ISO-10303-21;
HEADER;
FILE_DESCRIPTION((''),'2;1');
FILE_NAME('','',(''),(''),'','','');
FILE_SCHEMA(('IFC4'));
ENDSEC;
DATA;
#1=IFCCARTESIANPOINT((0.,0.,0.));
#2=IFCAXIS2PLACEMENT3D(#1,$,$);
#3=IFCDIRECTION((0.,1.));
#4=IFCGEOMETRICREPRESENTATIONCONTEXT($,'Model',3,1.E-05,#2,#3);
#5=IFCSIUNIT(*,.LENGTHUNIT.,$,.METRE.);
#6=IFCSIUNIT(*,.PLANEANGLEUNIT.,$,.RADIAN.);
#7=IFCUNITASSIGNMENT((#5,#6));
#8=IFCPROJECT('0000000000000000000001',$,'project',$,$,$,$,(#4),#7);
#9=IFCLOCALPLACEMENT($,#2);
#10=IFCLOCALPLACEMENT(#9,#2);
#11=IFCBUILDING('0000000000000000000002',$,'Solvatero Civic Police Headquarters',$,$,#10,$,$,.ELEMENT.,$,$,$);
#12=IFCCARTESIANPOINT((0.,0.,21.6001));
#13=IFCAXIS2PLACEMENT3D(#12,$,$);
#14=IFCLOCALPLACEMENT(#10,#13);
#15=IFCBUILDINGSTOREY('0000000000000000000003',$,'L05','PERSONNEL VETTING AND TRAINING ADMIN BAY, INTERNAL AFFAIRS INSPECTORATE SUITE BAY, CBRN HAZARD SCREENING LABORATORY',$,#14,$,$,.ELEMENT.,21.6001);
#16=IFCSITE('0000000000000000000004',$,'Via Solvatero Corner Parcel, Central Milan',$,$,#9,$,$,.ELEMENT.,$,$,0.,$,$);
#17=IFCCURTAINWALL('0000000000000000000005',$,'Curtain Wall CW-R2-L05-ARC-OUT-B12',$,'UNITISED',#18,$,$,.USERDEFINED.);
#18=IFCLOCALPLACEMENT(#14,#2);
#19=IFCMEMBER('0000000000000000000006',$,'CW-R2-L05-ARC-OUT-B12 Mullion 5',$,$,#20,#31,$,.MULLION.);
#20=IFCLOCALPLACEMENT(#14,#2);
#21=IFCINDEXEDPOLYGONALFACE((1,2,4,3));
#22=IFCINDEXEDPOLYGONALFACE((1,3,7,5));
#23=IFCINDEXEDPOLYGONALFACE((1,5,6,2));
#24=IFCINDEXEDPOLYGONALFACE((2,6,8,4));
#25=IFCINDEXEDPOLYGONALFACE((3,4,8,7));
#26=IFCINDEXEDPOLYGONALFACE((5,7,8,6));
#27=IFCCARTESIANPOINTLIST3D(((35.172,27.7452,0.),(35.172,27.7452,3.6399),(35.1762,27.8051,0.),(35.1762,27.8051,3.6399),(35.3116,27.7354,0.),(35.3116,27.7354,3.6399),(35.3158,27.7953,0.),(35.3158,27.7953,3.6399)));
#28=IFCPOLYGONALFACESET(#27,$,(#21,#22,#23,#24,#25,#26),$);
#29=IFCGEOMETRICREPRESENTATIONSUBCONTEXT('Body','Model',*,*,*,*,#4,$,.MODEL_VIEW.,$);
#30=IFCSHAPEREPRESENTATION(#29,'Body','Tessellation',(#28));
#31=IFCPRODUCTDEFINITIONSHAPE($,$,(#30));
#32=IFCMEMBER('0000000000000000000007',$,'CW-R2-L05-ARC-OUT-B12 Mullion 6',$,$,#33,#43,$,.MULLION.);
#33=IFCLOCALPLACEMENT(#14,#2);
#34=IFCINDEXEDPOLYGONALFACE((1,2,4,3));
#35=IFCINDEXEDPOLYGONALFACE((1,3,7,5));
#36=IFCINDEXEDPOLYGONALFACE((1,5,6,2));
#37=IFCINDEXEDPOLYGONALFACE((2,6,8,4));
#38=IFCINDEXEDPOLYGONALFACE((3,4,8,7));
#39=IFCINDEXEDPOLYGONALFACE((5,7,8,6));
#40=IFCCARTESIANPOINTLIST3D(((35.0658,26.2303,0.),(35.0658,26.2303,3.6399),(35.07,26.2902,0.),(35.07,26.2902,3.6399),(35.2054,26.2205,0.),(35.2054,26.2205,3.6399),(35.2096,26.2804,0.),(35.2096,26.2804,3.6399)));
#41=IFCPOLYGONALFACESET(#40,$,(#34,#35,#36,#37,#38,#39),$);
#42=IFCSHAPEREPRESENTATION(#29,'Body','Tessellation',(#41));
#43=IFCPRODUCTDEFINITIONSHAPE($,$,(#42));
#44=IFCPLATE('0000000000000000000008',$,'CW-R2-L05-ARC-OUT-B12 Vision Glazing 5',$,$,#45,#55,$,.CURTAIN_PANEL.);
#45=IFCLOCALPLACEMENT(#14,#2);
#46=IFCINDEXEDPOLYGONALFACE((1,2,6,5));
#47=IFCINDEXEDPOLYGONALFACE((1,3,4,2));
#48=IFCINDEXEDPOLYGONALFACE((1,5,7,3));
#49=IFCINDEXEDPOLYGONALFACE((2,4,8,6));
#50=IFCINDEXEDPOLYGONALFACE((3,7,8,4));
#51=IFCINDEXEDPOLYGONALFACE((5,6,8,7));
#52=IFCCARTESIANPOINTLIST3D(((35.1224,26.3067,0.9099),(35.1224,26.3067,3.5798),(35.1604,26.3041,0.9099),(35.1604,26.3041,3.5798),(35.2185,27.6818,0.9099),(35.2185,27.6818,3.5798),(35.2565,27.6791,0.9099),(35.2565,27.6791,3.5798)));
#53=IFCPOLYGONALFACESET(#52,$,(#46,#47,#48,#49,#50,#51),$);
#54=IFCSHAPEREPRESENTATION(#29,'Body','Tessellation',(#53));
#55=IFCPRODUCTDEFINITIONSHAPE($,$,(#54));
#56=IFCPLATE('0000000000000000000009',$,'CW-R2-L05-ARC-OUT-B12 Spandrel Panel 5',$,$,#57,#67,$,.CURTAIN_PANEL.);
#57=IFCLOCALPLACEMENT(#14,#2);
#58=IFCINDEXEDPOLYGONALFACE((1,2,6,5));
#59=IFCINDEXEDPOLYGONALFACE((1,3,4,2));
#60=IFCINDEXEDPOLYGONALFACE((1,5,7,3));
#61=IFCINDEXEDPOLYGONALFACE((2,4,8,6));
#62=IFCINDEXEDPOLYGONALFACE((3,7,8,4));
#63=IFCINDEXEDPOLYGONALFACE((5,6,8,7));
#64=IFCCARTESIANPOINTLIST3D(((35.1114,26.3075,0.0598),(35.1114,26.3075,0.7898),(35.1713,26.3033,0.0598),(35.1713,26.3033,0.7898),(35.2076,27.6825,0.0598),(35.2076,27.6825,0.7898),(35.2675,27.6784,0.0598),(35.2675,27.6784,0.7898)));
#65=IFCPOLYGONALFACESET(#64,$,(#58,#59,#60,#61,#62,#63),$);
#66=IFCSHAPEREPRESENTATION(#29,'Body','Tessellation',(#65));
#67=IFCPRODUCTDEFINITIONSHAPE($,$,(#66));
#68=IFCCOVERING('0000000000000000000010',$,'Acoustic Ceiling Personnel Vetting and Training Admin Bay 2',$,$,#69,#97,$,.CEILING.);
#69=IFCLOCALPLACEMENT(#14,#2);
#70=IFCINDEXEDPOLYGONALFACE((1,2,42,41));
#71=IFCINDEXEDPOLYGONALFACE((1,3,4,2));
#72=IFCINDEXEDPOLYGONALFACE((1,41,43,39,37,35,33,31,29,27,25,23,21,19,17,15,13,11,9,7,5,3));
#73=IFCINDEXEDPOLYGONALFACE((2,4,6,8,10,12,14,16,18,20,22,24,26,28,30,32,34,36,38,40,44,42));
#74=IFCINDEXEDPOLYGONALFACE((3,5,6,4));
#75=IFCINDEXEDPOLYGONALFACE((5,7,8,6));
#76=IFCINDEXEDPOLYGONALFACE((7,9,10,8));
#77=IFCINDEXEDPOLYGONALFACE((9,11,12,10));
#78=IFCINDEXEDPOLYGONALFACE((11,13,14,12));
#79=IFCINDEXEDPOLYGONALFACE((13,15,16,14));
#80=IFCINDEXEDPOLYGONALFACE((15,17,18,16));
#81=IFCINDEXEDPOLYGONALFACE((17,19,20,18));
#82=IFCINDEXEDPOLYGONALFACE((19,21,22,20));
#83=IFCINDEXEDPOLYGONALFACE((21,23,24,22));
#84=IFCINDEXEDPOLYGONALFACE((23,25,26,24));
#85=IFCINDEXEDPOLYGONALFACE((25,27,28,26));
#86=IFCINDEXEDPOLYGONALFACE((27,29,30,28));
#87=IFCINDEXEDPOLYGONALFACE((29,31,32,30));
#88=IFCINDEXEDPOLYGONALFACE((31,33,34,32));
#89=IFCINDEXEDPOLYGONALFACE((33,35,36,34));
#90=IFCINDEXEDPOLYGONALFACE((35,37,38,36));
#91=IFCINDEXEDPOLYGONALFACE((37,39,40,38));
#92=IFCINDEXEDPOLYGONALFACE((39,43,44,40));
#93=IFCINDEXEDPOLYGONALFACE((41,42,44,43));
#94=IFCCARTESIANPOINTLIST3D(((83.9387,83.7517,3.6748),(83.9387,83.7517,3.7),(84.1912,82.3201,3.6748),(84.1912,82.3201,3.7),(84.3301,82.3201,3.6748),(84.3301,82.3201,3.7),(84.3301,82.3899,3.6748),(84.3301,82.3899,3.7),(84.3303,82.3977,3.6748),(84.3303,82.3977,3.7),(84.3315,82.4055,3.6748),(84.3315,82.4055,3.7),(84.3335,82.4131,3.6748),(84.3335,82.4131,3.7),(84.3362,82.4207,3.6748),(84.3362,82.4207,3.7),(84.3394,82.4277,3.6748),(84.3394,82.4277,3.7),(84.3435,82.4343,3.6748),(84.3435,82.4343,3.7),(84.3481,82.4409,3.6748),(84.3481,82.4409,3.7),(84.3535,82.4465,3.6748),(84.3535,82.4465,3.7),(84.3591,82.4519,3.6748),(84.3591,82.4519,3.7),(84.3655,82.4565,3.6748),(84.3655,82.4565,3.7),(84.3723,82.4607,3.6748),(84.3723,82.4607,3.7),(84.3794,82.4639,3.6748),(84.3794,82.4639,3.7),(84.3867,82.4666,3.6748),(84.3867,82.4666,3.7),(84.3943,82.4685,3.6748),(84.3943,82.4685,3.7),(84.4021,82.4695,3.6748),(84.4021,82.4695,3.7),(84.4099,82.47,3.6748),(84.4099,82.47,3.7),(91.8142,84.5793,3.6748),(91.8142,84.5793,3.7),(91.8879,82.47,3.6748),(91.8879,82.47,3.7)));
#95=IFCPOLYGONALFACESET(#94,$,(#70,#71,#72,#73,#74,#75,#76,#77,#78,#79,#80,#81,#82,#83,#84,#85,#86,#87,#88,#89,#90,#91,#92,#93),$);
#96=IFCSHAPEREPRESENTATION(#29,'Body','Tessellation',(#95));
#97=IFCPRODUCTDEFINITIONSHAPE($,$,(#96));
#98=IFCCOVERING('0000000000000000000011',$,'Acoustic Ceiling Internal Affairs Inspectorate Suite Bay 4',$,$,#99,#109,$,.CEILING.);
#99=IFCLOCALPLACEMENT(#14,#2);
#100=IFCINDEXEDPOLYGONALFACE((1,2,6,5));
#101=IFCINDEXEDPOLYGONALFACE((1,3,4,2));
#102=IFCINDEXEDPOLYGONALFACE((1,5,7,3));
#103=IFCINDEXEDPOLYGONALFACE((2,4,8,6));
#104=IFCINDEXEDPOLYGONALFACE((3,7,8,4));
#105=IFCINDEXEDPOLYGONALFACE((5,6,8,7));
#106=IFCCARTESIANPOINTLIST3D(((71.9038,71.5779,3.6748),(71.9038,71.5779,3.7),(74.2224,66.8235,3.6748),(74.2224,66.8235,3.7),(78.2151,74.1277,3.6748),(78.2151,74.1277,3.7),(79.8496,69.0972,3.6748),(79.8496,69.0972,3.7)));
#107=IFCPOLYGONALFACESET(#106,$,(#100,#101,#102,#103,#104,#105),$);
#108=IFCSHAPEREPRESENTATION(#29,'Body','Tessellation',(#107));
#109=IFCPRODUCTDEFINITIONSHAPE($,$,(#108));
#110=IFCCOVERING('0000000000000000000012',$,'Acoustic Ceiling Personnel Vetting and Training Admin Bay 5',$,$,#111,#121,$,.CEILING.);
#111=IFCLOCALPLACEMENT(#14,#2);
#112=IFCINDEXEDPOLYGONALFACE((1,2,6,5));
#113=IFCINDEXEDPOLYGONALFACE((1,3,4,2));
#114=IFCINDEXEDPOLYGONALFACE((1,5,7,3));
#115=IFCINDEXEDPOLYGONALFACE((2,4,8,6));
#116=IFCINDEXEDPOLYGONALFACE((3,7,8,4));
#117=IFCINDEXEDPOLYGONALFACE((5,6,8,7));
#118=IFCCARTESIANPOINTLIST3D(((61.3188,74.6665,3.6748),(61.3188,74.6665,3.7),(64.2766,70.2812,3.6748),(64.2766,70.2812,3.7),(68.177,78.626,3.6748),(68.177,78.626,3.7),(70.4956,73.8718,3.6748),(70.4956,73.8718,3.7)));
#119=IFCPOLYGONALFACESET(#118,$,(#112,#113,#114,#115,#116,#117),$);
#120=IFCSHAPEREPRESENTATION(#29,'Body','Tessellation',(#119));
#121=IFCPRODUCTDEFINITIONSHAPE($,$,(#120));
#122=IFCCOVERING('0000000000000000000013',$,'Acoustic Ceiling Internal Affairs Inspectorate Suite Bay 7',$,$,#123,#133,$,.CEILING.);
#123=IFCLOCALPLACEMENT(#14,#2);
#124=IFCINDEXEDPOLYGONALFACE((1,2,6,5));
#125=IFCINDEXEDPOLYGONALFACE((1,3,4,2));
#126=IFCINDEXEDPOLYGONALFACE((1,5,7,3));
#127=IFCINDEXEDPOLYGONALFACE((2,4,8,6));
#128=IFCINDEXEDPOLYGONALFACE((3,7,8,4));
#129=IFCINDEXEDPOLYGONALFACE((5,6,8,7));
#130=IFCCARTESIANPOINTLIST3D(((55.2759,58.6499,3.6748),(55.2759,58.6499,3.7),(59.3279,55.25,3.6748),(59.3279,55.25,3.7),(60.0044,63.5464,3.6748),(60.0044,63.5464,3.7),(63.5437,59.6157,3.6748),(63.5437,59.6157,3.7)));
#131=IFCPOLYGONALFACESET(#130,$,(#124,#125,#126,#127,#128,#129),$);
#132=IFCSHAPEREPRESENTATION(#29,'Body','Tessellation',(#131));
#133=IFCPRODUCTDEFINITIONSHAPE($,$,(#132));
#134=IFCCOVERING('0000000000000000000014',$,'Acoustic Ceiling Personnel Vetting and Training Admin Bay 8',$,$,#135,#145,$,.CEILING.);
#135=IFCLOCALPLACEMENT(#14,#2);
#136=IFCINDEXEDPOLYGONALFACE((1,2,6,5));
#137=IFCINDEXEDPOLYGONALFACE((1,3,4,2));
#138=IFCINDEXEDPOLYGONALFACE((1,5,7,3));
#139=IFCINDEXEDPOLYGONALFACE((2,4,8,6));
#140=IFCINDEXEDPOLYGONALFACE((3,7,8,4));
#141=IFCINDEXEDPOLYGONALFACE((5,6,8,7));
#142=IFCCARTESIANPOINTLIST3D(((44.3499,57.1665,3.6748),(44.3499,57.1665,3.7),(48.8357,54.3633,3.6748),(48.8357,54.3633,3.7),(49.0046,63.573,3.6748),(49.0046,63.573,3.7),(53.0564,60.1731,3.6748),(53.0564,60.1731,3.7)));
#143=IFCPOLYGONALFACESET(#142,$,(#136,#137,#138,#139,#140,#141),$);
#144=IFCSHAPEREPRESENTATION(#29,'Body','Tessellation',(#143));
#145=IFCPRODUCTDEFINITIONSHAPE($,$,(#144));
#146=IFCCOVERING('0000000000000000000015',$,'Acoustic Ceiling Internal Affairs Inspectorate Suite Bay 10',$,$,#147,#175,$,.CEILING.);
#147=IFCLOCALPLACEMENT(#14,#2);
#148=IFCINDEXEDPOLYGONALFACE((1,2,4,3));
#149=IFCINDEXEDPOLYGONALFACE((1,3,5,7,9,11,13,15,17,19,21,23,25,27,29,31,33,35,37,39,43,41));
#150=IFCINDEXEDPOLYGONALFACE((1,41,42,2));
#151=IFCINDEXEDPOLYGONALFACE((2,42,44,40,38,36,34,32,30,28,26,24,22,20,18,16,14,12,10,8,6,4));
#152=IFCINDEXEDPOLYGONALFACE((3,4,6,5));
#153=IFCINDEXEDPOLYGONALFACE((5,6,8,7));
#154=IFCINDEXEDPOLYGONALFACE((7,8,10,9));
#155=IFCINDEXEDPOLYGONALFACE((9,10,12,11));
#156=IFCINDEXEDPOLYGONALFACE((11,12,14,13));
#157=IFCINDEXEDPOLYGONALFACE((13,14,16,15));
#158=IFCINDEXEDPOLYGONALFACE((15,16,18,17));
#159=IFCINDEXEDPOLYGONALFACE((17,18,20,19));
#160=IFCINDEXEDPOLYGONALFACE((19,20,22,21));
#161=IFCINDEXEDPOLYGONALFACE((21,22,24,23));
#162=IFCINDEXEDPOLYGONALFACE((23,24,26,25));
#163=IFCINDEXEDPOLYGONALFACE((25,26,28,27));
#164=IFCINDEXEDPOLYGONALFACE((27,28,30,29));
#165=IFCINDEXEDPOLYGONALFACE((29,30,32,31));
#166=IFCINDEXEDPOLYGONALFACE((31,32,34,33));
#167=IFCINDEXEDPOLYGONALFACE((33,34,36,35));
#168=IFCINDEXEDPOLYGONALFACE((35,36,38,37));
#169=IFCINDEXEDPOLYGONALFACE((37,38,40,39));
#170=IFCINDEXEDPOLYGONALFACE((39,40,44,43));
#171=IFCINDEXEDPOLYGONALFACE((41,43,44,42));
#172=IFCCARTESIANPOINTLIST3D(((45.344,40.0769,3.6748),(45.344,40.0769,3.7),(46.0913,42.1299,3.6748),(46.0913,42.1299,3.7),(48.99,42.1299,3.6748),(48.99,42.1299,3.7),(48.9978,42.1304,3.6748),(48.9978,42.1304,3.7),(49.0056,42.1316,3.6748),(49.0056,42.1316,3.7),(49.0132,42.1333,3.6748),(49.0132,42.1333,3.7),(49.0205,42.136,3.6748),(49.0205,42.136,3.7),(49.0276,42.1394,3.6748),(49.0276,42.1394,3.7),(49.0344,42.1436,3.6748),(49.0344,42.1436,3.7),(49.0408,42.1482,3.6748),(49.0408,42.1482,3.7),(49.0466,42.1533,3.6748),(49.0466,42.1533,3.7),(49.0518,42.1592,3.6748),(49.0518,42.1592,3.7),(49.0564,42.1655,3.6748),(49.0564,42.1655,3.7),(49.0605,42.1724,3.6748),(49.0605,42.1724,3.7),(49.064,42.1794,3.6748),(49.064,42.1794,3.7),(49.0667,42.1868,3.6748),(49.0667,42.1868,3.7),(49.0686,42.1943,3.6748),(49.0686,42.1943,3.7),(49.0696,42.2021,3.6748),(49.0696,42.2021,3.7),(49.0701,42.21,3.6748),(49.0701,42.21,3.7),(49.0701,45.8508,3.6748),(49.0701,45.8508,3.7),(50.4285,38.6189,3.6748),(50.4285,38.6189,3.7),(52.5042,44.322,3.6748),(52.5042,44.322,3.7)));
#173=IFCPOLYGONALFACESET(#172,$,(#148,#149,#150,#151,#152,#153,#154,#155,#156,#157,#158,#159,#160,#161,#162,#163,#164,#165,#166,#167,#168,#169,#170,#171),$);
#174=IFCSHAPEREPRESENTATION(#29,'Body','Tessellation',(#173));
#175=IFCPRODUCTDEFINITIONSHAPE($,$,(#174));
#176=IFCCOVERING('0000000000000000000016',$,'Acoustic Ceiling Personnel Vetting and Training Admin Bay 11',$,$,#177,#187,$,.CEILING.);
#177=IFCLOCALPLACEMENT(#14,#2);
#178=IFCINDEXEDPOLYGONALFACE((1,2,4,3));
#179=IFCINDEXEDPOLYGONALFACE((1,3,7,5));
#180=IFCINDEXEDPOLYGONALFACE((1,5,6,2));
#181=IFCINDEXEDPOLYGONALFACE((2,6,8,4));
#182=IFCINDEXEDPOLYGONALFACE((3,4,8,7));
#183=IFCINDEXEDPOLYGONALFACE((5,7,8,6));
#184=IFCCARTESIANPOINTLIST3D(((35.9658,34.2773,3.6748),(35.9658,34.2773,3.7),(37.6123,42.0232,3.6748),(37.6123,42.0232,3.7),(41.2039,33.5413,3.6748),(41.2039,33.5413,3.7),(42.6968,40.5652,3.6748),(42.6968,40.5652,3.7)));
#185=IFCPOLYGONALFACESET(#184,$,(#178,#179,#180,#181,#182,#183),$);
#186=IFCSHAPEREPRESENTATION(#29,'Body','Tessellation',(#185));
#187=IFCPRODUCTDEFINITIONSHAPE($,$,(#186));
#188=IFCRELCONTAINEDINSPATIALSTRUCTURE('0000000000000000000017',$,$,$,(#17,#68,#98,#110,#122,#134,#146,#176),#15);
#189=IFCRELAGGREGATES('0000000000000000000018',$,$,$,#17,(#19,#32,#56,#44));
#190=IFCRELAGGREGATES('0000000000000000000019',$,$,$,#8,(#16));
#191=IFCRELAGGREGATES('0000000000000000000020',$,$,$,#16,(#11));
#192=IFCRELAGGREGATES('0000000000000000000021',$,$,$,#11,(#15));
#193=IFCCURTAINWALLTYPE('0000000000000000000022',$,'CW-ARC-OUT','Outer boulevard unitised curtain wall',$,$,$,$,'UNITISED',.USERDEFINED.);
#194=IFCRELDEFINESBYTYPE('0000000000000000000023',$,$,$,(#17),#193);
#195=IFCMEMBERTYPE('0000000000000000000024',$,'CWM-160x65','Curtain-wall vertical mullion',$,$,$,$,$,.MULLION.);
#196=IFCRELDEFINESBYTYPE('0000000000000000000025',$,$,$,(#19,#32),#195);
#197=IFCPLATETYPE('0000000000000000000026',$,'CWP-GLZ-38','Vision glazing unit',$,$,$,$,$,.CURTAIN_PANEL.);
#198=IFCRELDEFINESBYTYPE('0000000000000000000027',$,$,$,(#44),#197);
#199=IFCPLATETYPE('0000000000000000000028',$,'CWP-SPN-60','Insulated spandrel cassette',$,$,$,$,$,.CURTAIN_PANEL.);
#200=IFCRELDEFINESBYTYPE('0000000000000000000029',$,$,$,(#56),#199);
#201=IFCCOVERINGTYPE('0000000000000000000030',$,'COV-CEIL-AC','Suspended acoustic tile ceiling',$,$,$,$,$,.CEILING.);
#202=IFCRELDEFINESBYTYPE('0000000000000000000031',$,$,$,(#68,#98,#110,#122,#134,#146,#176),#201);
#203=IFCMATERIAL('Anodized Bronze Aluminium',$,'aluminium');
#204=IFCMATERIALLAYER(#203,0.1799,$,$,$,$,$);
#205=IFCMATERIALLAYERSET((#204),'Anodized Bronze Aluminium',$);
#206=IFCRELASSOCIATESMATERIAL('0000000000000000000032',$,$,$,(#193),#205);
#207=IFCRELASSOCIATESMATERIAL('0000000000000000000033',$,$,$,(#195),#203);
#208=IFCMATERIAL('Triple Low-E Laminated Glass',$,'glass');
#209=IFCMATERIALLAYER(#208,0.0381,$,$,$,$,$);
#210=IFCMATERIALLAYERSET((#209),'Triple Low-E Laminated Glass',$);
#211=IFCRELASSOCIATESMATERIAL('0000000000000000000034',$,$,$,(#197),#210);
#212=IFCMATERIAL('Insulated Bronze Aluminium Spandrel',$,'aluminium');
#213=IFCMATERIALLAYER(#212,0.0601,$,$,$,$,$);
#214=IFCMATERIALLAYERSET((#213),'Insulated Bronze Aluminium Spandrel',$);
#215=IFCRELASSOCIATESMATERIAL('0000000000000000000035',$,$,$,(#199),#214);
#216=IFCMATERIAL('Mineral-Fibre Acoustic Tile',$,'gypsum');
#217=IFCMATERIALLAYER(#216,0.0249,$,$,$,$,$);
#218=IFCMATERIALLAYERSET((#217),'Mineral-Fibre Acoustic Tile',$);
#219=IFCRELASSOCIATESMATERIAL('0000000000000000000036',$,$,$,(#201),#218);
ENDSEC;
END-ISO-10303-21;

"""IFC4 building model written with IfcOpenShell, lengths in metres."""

from ifc_helpers import new_model, si_unit, direction, frame, origin, origin_2d, place, context, subcontext, project, spatial, polyline, rectangle, outline, extrude, material, layer, layer_set, material_profile, profile_set, type_object, element, aggregate, save


model = new_model("IFC4")

# Units and contexts
model_context = context("Model", 3, precision=1e-05, world=origin(), true_north=direction((0.0, 1.0)))
body_context = subcontext(model_context, "Body", "Model", "MODEL_VIEW")
ifc_project = project(units=[si_unit("LENGTHUNIT", "METRE"), si_unit("PLANEANGLEUNIT", "RADIAN")], contexts=[model_context])

# Site, building, storey
site_placement = place(None, origin())
site = spatial("IfcSite", under=ifc_project, at=site_placement, Name="Via Solvatero Corner Parcel, Central Milan", CompositionType="ELEMENT", RefElevation=0.0)
building_placement = place(site_placement, origin())
building = spatial("IfcBuilding", under=site, at=building_placement, Name="Solvatero Civic Police Headquarters", CompositionType="ELEMENT")
storey_placement = place(building_placement, frame((0.0, 0.0, 21.6001)))
storey = spatial("IfcBuildingStorey", under=building, at=storey_placement, Name="L05", Description="PERSONNEL VETTING AND TRAINING ADMIN BAY, INTERNAL AFFAIRS INSPECTORATE SUITE BAY, CBRN HAZARD SCREENING LABORATORY", CompositionType="ELEMENT", Elevation=21.6001)

# Curtain wall, members, plates
ifc_material_1 = material(Name="Anodized Bronze Aluminium", Category="aluminium")
ifc_layer_1 = layer(ifc_material_1, 0.1799)
ifc_layer_set_1 = layer_set([ifc_layer_1], Name="Anodized Bronze Aluminium")
curtain_wall_type = type_object("IfcCurtainWallType", Name="CW-ARC-OUT", Description="Outer boulevard unitised curtain wall", ElementType="UNITISED", PredefinedType="USERDEFINED", material=ifc_layer_set_1)
curtain_wall_placement = place(storey_placement, origin())
curtain_wall = element("IfcCurtainWall", 1, at=curtain_wall_placement, inside=storey, type_object=curtain_wall_type, Name="Curtain Wall CW-R2-L05-ARC-OUT-B12", ObjectType="UNITISED", PredefinedType="USERDEFINED")
ifc_material_profile = material_profile(ifc_material_1, rectangle(XDim=0.0601, YDim=0.1399, at=origin_2d()), Name="ALU MULLION 60x140")
ifc_profile_set = profile_set([ifc_material_profile], Name="Anodized Bronze Aluminium")
member_type = type_object("IfcMemberType", Name="CWM-160x65", Description="Curtain-wall vertical mullion", PredefinedType="MULLION", material=ifc_profile_set)
member_1_placement = place(storey_placement, frame((35.2439, 27.7703, 0.0), z_axis=(0.0, 0.0, 1.0), x_axis=(-0.069739, -0.997565, 0.0)))
member_1 = element("IfcMember", 2, at=member_1_placement, type_object=member_type, Name="CW-R2-L05-ARC-OUT-B12 Mullion 5", PredefinedType="MULLION", context=body_context, shape_type="SweptSolid", body=[
    extrude(rectangle(XDim=0.0601, YDim=0.1399, at=origin_2d()), origin(), (0.0, 0.0, 1.0), 3.6399),
])
member_2_placement = place(storey_placement, frame((35.1377, 26.2554, 0.0), z_axis=(0.0, 0.0, 1.0), x_axis=(-0.069739, -0.997565, 0.0)))
member_2 = element("IfcMember", 3, at=member_2_placement, type_object=member_type, Name="CW-R2-L05-ARC-OUT-B12 Mullion 6", PredefinedType="MULLION", context=body_context, shape_type="SweptSolid", body=[
    extrude(rectangle(XDim=0.0601, YDim=0.1399, at=origin_2d()), origin(), (0.0, 0.0, 1.0), 3.6399),
])
ifc_material_2 = material(Name="Triple Low-E Laminated Glass", Category="glass")
ifc_layer_2 = layer(ifc_material_2, 0.0381)
ifc_layer_set_2 = layer_set([ifc_layer_2], Name="Triple Low-E Laminated Glass")
plate_type_1 = type_object("IfcPlateType", Name="CWP-GLZ-38", Description="Vision glazing unit", PredefinedType="CURTAIN_PANEL", material=ifc_layer_set_2)
plate_1_placement = place(storey_placement, frame((35.1895, 26.9929, 0.9099), z_axis=(0.0, 0.0, 1.0), x_axis=(-0.069739, -0.997565, 0.0)))
plate_1 = element("IfcPlate", 4, at=plate_1_placement, type_object=plate_type_1, Name="CW-R2-L05-ARC-OUT-B12 Vision Glazing 5", PredefinedType="CURTAIN_PANEL", context=body_context, shape_type="SweptSolid", body=[
    extrude(rectangle(XDim=1.3784, YDim=0.0381, at=origin_2d()), origin(), (0.0, 0.0, 1.0), 2.6699),
])
ifc_material_3 = material(Name="Insulated Bronze Aluminium Spandrel", Category="aluminium")
ifc_layer_3 = layer(ifc_material_3, 0.0601)
ifc_layer_set_3 = layer_set([ifc_layer_3], Name="Insulated Bronze Aluminium Spandrel")
plate_type_2 = type_object("IfcPlateType", Name="CWP-SPN-60", Description="Insulated spandrel cassette", PredefinedType="CURTAIN_PANEL", material=ifc_layer_set_3)
plate_2_placement = place(storey_placement, frame((35.1895, 26.9929, 0.0598), z_axis=(0.0, 0.0, 1.0), x_axis=(-0.069739, -0.997565, 0.0)))
plate_2 = element("IfcPlate", 5, at=plate_2_placement, type_object=plate_type_2, Name="CW-R2-L05-ARC-OUT-B12 Spandrel Panel 5", PredefinedType="CURTAIN_PANEL", context=body_context, shape_type="SweptSolid", body=[
    extrude(rectangle(XDim=1.3784, YDim=0.0601, at=origin_2d()), origin(), (0.0, 0.0, 1.0), 0.73),
])
aggregate(curtain_wall, [member_1, member_2, plate_2, plate_1])

# Coverings
ifc_material_4 = material(Name="Mineral-Fibre Acoustic Tile", Category="gypsum")
ifc_layer_4 = layer(ifc_material_4, 0.0249)
ifc_layer_set_4 = layer_set([ifc_layer_4], Name="Mineral-Fibre Acoustic Tile")
covering_type_1 = type_object("IfcCoveringType", Name="COV-CEIL-AC", Description="Suspended acoustic tile ceiling", PredefinedType="CEILING", material=ifc_layer_set_4)
covering_1_placement = place(storey_placement, frame((0.0, 0.0, 3.6748)))
element("IfcCovering", 6, at=covering_1_placement, inside=storey, type_object=covering_type_1, Name="Acoustic Ceiling Personnel Vetting and Training Admin Bay 2", PredefinedType="CEILING", context=body_context, shape_type="SweptSolid", body=[
    extrude(outline(polyline([(83.9387, 83.7517), (91.8142, 84.5793), (91.8879, 82.47), (84.4099, 82.47), (84.4021, 82.4695), (84.3943, 82.4685), (84.3867, 82.4666), (84.3794, 82.4639), (84.3723, 82.4607), (84.3655, 82.4565), (84.3591, 82.4519), (84.3535, 82.4465), (84.3481, 82.4409), (84.3435, 82.4343), (84.3394, 82.4277), (84.3362, 82.4207), (84.3335, 82.4131), (84.3315, 82.4055), (84.3303, 82.3977), (84.3301, 82.3899), (84.3301, 82.3201), (84.1912, 82.3201), (83.9387, 83.7517)])), origin(), (0.0, 0.0, 1.0), 0.0251),
])
covering_2_placement = place(storey_placement, frame((0.0, 0.0, 3.6748)))
element("IfcCovering", 7, at=covering_2_placement, inside=storey, type_object=covering_type_1, Name="Acoustic Ceiling Internal Affairs Inspectorate Suite Bay 4", PredefinedType="CEILING", context=body_context, shape_type="SweptSolid", body=[
    extrude(outline(polyline([(74.2224, 66.8235), (71.9038, 71.5779), (78.2151, 74.1277), (79.8496, 69.0972), (74.2224, 66.8235)])), origin(), (0.0, 0.0, 1.0), 0.0251),
])
covering_3_placement = place(storey_placement, frame((0.0, 0.0, 3.6748)))
element("IfcCovering", 8, at=covering_3_placement, inside=storey, type_object=covering_type_1, Name="Acoustic Ceiling Personnel Vetting and Training Admin Bay 5", PredefinedType="CEILING", context=body_context, shape_type="SweptSolid", body=[
    extrude(outline(polyline([(64.2766, 70.2812), (61.3188, 74.6665), (68.177, 78.626), (70.4956, 73.8718), (64.2766, 70.2812)])), origin(), (0.0, 0.0, 1.0), 0.0251),
])
covering_4_placement = place(storey_placement, frame((0.0, 0.0, 3.6748)))
element("IfcCovering", 9, at=covering_4_placement, inside=storey, type_object=covering_type_1, Name="Acoustic Ceiling Internal Affairs Inspectorate Suite Bay 7", PredefinedType="CEILING", context=body_context, shape_type="SweptSolid", body=[
    extrude(outline(polyline([(59.3279, 55.25), (55.2759, 58.6499), (60.0044, 63.5464), (63.5437, 59.6157), (59.3279, 55.25)])), origin(), (0.0, 0.0, 1.0), 0.0251),
])
covering_5_placement = place(storey_placement, frame((0.0, 0.0, 3.6748)))
element("IfcCovering", 10, at=covering_5_placement, inside=storey, type_object=covering_type_1, Name="Acoustic Ceiling Personnel Vetting and Training Admin Bay 8", PredefinedType="CEILING", context=body_context, shape_type="SweptSolid", body=[
    extrude(outline(polyline([(48.8357, 54.3633), (44.3499, 57.1665), (49.0046, 63.573), (53.0564, 60.1731), (48.8357, 54.3633)])), origin(), (0.0, 0.0, 1.0), 0.0251),
])
covering_6_placement = place(storey_placement, frame((0.0, 0.0, 3.6748)))
element("IfcCovering", 11, at=covering_6_placement, inside=storey, type_object=covering_type_1, Name="Acoustic Ceiling Internal Affairs Inspectorate Suite Bay 10", PredefinedType="CEILING", context=body_context, shape_type="SweptSolid", body=[
    extrude(outline(polyline([(50.4285, 38.6189), (45.344, 40.0769), (46.0913, 42.1299), (48.99, 42.1299), (48.9978, 42.1304), (49.0056, 42.1316), (49.0132, 42.1333), (49.0205, 42.136), (49.0276, 42.1394), (49.0344, 42.1436), (49.0408, 42.1482), (49.0466, 42.1533), (49.0518, 42.1592), (49.0564, 42.1655), (49.0605, 42.1724), (49.064, 42.1794), (49.0667, 42.1868), (49.0686, 42.1943), (49.0696, 42.2021), (49.0701, 42.21), (49.0701, 45.8508), (52.5042, 44.322), (50.4285, 38.6189)])), origin(), (0.0, 0.0, 1.0), 0.0251),
])
covering_7_placement = place(storey_placement, frame((0.0, 0.0, 3.6748)))
element("IfcCovering", 12, at=covering_7_placement, inside=storey, type_object=covering_type_1, Name="Acoustic Ceiling Personnel Vetting and Training Admin Bay 11", PredefinedType="CEILING", context=body_context, shape_type="SweptSolid", body=[
    extrude(outline(polyline([(41.2039, 33.5413), (35.9658, 34.2773), (37.6123, 42.0232), (42.6968, 40.5652), (41.2039, 33.5413)])), origin(), (0.0, 0.0, 1.0), 0.0251),
])

save(model, "model.ifc")
